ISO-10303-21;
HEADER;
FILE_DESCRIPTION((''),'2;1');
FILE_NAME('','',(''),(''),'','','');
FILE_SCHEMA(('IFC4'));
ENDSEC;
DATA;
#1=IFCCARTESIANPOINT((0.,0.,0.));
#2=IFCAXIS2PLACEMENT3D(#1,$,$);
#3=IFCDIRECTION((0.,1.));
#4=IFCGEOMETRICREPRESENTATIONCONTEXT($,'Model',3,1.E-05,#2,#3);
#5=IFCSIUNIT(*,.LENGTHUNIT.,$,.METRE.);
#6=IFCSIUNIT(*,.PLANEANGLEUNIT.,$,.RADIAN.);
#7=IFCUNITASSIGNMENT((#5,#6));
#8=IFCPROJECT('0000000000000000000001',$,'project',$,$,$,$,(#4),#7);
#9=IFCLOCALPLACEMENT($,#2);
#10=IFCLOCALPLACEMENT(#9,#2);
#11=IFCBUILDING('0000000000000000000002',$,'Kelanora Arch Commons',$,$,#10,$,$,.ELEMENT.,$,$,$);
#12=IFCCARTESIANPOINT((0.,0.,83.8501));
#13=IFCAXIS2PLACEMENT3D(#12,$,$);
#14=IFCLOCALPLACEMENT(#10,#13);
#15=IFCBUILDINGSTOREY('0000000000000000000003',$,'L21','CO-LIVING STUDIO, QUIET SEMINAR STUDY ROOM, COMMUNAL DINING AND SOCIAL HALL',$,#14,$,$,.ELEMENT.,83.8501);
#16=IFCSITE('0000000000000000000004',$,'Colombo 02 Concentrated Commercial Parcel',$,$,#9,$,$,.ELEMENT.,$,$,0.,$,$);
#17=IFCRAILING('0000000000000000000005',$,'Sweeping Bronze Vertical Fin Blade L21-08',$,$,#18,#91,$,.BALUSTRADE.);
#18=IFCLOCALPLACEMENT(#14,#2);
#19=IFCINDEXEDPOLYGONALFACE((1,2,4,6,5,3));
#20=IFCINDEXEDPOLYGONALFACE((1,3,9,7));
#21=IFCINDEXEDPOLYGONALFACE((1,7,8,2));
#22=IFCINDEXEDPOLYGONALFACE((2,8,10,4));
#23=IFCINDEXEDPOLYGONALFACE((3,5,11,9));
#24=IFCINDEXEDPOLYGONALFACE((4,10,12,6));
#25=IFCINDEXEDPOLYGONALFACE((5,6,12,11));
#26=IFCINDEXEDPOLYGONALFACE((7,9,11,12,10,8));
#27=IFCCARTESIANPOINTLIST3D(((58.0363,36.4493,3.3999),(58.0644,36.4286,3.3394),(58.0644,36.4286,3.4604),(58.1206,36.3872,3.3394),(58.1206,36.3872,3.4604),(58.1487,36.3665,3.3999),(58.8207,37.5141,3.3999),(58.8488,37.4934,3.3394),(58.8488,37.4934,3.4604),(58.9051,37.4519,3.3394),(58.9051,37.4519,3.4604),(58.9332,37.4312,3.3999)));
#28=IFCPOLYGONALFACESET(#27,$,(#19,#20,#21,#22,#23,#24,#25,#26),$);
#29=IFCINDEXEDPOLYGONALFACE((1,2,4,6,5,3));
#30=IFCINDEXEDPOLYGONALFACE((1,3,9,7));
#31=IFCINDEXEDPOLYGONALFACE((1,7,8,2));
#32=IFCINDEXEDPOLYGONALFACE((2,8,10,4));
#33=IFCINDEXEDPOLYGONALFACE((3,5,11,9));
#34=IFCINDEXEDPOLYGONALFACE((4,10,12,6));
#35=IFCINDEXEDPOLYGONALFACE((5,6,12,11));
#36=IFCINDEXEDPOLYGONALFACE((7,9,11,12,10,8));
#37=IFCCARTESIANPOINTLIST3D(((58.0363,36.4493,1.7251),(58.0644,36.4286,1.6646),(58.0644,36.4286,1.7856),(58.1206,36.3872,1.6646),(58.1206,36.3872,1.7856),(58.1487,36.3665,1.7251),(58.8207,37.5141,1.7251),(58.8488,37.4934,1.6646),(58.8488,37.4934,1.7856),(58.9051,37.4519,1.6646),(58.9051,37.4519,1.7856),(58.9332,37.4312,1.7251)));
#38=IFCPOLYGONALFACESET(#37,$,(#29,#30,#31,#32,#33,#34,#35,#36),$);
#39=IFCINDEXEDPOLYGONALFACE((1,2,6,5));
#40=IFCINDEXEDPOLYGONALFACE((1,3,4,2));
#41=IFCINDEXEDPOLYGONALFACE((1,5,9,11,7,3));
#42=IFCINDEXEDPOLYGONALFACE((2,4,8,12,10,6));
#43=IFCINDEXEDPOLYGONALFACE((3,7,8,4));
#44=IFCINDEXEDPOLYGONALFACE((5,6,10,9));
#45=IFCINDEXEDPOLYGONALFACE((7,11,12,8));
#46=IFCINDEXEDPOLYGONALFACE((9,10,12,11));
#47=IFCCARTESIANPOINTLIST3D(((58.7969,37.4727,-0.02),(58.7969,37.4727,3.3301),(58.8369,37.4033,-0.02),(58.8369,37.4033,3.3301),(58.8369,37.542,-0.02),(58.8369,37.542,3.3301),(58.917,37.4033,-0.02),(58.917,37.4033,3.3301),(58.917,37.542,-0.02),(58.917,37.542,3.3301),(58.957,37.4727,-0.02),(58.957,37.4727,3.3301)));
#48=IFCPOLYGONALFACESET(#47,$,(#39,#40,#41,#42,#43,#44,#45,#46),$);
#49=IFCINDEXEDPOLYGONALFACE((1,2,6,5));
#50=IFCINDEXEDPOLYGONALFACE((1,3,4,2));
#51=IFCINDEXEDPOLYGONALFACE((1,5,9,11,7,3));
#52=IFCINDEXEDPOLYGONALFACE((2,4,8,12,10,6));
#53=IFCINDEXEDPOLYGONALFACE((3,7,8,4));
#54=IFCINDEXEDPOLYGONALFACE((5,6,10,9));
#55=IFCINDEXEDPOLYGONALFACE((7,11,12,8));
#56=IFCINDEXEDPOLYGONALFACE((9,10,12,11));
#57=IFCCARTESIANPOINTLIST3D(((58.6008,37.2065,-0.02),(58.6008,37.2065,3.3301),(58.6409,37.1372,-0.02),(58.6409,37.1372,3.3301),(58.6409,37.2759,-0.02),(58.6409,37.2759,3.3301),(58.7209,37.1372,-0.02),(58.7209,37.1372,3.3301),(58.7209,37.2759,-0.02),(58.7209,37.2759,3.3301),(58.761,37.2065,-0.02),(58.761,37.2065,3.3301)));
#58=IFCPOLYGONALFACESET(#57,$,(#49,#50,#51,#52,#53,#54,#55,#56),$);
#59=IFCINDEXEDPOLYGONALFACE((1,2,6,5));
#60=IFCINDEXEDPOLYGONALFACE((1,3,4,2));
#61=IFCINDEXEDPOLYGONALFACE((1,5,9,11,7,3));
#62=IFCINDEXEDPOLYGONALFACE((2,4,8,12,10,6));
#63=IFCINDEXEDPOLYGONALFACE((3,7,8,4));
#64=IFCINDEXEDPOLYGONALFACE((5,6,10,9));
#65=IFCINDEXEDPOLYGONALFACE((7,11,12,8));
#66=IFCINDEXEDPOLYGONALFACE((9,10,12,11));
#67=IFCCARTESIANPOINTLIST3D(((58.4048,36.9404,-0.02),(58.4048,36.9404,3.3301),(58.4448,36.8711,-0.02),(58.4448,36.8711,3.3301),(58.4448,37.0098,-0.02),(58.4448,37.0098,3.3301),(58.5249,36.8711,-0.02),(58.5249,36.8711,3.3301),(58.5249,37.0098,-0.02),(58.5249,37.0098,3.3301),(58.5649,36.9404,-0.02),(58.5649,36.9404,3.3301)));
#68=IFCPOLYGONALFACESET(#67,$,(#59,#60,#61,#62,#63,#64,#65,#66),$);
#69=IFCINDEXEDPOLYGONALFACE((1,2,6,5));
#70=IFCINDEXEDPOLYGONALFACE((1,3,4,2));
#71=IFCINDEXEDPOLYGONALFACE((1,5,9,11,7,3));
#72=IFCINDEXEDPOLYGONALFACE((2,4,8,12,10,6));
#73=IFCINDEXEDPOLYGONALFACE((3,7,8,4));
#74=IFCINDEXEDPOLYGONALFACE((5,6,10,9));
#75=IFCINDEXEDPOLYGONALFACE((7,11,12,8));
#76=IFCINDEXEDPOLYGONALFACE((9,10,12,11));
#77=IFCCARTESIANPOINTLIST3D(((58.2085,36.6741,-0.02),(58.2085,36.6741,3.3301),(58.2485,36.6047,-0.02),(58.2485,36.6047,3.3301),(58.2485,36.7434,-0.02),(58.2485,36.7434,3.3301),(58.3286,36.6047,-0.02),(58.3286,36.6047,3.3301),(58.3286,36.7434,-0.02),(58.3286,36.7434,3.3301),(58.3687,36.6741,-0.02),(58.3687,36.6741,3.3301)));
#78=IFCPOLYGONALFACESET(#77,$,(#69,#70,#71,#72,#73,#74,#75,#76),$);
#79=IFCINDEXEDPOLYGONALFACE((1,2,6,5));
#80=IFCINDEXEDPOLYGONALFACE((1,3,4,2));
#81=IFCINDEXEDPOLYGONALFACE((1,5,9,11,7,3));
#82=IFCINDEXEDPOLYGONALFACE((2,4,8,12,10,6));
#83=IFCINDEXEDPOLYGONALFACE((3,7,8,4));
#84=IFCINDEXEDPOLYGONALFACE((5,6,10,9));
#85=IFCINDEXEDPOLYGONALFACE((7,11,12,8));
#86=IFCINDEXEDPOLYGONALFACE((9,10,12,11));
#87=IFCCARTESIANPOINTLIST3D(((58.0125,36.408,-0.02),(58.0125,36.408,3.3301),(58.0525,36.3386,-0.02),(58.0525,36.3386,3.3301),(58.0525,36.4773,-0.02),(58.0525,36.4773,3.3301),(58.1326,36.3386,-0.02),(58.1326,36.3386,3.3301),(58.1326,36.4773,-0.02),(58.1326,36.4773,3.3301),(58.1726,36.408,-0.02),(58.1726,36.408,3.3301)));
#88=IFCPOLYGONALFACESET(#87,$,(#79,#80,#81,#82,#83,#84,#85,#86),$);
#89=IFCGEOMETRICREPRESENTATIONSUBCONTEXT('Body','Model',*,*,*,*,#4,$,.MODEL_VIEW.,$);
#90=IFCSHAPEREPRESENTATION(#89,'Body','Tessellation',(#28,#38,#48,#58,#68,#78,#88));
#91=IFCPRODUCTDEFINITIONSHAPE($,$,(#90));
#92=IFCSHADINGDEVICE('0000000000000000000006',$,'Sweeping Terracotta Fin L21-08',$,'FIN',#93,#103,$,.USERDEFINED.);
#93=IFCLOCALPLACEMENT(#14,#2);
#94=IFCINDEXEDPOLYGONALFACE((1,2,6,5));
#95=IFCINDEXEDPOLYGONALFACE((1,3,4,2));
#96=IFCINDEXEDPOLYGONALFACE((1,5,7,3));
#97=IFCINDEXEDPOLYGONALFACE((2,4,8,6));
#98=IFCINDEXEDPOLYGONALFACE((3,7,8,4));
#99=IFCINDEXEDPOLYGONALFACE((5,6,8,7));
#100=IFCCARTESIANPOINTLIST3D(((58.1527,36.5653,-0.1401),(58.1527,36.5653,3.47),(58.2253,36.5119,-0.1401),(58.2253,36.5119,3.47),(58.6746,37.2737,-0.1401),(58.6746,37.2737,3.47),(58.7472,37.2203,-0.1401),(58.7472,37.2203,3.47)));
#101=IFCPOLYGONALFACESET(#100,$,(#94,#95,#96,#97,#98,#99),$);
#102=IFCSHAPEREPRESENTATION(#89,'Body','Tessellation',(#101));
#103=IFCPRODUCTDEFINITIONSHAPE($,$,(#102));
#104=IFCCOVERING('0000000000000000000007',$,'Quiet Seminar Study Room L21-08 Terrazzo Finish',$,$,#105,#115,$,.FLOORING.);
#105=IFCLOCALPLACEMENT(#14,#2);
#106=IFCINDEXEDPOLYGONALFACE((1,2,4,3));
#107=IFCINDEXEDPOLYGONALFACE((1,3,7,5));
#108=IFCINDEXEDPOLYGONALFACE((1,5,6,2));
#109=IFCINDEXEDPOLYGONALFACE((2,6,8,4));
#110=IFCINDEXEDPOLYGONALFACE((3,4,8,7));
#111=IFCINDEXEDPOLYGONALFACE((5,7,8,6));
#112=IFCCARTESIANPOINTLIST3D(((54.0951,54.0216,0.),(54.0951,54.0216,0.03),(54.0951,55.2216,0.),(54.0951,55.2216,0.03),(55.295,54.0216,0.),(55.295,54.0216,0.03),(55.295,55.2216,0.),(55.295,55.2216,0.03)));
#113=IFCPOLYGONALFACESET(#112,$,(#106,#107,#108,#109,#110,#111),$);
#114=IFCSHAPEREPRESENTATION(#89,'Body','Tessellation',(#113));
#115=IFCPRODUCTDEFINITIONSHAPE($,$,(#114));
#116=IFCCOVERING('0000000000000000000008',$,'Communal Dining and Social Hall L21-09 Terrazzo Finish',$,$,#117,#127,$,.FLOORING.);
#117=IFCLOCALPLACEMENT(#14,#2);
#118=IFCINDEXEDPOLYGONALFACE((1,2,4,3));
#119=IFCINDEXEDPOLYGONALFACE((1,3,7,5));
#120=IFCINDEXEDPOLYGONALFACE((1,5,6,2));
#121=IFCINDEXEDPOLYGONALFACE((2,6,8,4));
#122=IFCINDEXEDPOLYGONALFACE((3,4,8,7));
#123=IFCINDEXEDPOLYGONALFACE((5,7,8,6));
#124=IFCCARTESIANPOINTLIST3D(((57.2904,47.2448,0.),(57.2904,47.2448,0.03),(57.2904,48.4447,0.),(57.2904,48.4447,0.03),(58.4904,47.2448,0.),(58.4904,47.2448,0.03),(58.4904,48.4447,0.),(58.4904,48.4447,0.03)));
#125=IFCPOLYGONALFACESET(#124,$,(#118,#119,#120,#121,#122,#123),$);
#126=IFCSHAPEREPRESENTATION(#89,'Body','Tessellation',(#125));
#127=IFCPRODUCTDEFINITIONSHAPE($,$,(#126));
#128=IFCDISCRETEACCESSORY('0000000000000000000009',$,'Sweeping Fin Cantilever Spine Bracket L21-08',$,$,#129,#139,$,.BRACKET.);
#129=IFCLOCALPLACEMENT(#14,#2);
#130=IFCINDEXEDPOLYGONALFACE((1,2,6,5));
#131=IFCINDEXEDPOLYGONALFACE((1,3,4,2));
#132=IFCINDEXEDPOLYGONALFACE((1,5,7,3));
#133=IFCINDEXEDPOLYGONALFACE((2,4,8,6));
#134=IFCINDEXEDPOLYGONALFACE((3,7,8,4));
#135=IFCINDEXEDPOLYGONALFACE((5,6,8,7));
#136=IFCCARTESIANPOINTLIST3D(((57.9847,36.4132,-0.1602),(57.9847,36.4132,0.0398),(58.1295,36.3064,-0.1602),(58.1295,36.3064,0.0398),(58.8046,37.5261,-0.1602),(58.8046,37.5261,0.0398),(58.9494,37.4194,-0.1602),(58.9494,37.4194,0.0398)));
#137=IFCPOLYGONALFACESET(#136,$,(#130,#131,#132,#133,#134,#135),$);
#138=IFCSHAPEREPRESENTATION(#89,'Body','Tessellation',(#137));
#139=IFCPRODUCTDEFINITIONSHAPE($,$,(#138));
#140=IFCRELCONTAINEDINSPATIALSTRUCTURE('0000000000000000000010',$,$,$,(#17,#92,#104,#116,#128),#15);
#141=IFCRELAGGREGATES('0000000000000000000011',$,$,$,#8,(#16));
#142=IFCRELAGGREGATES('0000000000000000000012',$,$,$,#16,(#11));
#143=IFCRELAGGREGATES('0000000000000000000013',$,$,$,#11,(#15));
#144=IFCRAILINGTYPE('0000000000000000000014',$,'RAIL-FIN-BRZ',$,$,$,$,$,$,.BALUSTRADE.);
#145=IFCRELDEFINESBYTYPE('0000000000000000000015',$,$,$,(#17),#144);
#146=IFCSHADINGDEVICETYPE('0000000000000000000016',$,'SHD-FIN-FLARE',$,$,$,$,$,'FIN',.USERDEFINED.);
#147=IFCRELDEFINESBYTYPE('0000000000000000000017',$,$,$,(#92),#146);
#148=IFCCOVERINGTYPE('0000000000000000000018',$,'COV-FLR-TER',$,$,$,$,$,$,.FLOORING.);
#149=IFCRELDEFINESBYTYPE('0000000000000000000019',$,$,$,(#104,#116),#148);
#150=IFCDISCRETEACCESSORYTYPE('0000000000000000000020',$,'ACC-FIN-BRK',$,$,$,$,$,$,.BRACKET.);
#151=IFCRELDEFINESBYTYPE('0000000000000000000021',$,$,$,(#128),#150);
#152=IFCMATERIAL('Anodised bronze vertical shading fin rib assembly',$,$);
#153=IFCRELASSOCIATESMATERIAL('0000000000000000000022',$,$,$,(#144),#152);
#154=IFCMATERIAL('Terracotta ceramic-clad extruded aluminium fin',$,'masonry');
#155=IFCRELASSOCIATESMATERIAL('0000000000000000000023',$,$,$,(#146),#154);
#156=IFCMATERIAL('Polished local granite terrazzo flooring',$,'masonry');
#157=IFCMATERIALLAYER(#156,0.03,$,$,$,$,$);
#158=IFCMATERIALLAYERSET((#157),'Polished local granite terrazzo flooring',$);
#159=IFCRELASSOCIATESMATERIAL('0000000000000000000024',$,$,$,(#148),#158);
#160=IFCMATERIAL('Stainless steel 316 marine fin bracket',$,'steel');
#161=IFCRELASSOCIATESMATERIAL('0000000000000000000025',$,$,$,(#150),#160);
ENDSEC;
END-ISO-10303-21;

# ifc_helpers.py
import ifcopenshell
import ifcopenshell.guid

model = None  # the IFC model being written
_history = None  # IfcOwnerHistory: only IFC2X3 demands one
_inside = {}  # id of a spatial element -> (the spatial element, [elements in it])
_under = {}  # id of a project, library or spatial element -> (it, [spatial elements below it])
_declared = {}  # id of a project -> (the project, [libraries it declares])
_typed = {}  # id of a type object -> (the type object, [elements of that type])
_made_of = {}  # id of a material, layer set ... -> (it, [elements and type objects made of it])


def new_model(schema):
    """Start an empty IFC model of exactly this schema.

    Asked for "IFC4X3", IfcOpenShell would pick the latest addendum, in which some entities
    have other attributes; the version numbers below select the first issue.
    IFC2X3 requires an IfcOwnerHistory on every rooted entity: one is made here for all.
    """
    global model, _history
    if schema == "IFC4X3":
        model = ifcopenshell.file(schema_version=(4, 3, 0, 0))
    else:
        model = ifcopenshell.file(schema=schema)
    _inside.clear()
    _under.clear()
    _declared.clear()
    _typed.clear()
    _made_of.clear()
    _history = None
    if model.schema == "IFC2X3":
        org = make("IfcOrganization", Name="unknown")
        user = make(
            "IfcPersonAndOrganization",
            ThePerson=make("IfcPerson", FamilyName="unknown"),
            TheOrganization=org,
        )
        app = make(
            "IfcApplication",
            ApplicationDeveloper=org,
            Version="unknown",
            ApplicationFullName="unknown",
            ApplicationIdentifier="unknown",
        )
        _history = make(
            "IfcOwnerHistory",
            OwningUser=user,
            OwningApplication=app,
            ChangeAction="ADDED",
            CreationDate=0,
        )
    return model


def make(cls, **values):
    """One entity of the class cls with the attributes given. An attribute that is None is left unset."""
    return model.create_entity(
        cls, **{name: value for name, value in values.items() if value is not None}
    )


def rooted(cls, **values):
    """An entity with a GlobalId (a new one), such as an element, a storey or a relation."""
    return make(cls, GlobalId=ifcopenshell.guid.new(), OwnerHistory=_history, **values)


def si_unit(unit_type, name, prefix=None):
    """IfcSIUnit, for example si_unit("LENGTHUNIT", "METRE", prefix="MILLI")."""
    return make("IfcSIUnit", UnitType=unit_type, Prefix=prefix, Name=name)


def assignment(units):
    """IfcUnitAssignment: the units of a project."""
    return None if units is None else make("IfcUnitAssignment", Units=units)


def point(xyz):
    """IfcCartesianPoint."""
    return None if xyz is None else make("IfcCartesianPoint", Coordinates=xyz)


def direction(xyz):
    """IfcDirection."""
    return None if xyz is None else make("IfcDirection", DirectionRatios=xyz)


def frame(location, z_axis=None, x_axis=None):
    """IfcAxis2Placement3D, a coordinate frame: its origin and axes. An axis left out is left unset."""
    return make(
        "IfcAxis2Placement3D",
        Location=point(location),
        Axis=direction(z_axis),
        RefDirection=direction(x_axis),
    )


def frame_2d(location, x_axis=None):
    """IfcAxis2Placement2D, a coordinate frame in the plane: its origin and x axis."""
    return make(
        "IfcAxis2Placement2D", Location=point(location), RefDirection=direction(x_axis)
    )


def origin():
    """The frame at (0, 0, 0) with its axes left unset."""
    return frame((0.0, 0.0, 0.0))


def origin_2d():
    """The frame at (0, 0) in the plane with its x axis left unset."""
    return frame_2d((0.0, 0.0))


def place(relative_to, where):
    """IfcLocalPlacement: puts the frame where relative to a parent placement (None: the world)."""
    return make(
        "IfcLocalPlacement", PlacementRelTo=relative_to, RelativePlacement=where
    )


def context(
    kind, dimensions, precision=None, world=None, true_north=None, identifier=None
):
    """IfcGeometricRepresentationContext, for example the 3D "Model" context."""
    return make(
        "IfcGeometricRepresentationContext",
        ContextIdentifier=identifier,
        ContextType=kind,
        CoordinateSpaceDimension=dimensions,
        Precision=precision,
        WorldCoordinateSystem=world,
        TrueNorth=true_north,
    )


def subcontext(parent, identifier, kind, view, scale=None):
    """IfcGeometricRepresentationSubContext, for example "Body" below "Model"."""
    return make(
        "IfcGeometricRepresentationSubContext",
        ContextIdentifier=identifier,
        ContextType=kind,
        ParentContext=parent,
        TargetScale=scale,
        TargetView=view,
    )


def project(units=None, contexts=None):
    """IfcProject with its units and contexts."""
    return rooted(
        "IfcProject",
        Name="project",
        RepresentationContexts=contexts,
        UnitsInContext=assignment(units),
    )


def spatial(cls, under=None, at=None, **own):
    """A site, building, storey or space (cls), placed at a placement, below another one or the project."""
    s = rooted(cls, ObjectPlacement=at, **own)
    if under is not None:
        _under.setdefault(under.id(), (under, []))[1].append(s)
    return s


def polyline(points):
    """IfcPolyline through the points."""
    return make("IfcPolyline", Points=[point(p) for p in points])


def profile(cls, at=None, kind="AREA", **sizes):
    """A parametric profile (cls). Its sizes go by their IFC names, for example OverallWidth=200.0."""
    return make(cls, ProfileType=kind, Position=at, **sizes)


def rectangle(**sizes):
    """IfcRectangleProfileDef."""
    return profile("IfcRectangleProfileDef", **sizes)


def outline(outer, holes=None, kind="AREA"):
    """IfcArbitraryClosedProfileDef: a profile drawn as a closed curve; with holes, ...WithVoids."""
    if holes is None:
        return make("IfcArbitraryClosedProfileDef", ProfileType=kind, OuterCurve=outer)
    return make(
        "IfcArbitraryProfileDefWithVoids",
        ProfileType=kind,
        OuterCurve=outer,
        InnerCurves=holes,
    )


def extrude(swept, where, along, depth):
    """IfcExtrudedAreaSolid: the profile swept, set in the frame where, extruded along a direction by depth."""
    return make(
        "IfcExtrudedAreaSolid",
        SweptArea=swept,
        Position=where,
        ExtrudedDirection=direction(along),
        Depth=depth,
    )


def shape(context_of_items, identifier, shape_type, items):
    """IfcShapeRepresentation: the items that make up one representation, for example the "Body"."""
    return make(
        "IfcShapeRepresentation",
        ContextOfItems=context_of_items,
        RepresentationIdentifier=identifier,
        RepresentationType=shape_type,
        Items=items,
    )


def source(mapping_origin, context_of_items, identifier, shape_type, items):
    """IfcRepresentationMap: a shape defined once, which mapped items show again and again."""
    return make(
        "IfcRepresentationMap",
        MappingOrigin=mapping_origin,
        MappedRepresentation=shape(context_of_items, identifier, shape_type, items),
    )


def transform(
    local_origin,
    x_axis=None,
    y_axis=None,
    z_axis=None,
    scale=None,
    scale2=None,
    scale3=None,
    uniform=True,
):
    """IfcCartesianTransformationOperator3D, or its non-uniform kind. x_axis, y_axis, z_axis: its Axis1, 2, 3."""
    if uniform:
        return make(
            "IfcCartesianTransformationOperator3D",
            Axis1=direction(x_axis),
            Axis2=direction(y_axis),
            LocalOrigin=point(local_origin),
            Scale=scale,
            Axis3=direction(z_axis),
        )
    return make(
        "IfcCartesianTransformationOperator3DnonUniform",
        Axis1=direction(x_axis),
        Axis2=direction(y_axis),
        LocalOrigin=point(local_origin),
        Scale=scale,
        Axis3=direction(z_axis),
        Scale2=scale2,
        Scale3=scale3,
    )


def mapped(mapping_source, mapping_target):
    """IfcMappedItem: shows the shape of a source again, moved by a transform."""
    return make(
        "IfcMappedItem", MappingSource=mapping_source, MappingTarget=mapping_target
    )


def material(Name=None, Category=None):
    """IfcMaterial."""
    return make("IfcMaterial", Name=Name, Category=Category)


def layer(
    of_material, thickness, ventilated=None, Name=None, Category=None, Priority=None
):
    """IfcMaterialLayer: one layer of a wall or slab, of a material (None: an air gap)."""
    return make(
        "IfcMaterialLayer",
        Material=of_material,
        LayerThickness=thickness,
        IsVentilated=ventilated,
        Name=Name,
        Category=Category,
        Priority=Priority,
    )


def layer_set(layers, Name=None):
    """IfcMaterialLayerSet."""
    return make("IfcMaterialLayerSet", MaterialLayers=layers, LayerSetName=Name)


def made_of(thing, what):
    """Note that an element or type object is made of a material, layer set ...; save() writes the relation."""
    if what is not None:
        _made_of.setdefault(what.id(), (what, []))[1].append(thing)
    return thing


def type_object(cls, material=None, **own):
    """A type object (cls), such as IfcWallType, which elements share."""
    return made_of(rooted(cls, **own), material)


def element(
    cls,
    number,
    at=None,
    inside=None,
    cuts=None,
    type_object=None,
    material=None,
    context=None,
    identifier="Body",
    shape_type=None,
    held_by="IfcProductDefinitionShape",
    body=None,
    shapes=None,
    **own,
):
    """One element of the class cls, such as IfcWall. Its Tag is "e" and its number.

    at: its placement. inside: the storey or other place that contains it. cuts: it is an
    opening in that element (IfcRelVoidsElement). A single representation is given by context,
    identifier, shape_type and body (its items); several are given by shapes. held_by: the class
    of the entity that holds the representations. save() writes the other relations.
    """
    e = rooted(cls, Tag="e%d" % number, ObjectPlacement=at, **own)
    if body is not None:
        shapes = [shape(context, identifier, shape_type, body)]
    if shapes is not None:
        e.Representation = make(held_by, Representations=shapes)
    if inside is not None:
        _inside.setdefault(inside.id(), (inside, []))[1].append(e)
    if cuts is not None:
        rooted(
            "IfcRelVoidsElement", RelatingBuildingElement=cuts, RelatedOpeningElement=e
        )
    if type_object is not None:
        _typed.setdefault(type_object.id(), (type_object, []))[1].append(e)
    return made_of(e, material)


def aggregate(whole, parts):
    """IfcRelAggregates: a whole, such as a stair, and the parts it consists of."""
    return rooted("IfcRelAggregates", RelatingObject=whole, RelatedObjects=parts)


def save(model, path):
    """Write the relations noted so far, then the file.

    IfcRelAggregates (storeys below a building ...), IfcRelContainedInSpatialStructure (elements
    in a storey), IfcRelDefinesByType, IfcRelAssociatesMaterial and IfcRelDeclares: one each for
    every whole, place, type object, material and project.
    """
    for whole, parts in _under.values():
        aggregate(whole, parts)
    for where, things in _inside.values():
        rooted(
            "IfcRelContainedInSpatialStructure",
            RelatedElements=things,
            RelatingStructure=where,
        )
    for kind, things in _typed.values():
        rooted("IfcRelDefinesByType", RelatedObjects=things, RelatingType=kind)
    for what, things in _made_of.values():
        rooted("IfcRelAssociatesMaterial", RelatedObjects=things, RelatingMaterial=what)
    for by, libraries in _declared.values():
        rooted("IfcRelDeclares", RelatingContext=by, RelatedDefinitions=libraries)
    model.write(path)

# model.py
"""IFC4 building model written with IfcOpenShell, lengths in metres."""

from ifc_helpers import new_model, si_unit, direction, frame, origin, origin_2d, place, context, subcontext, project, spatial, polyline, rectangle, outline, extrude, source, transform, mapped, material, layer, layer_set, type_object, element, save


model = new_model("IFC4")

# Units and contexts
model_context = context("Model", 3, precision=1e-05, world=origin(), true_north=direction((0.0, 1.0)))
body_context = subcontext(model_context, "Body", "Model", "MODEL_VIEW")
ifc_project = project(units=[si_unit("LENGTHUNIT", "METRE"), si_unit("PLANEANGLEUNIT", "RADIAN")], contexts=[model_context])

# Site, building, storey
site_placement = place(None, origin())
site = spatial("IfcSite", under=ifc_project, at=site_placement, Name="Colombo 02 Concentrated Commercial Parcel", CompositionType="ELEMENT", RefElevation=0.0)
building_placement = place(site_placement, origin())
building = spatial("IfcBuilding", under=site, at=building_placement, Name="Kelanora Arch Commons", CompositionType="ELEMENT")
storey_placement = place(building_placement, frame((0.0, 0.0, 83.8501)))
storey = spatial("IfcBuildingStorey", under=building, at=storey_placement, Name="L21", Description="CO-LIVING STUDIO, QUIET SEMINAR STUDY ROOM, COMMUNAL DINING AND SOCIAL HALL", CompositionType="ELEMENT", Elevation=83.8501)

# Railing
ifc_material_1 = material(Name="Anodised bronze vertical shading fin rib assembly")
railing_type = type_object("IfcRailingType", Name="RAIL-FIN-BRZ", PredefinedType="BALUSTRADE", material=ifc_material_1)
railing_placement = place(storey_placement, frame((58.877, 37.4727, -0.02)))
element("IfcRailing", 1, at=railing_placement, inside=storey, type_object=railing_type, Name="Sweeping Bronze Vertical Fin Blade L21-08", PredefinedType="BALUSTRADE", context=body_context, shape_type="SweptSolid", body=[
    extrude(outline(polyline([(0.0698, 0.0), (0.0349, 0.0605), (-0.0349, 0.0605), (-0.0698, 0.0), (-0.0349, -0.0605), (0.0349, -0.0605), (0.0698, 0.0)])), frame((0.0, 0.0, 3.4199), z_axis=(-0.593155, -0.805088, 0.0), x_axis=(0.805088, -0.593155, 0.0)), (0.0, 0.0, 1.0), 1.3225),
    extrude(outline(polyline([(0.0698, 0.0), (0.0349, 0.0605), (-0.0349, 0.0605), (-0.0698, 0.0), (-0.0349, -0.0605), (0.0349, -0.0605), (0.0698, 0.0)])), frame((0.0, 0.0, 1.7451), z_axis=(-0.593155, -0.805088, 0.0), x_axis=(0.805088, -0.593155, 0.0)), (0.0, 0.0, 1.0), 1.3225),
    extrude(outline(polyline([(0.0801, 0.0), (0.04, 0.0693), (-0.04, 0.0693), (-0.0801, 0.0), (-0.04, -0.0693), (0.04, -0.0693), (0.0801, 0.0)])), origin(), (0.0, 0.0, 1.0), 3.3501),
    extrude(outline(polyline([(0.0801, 0.0), (0.04, 0.0693), (-0.04, 0.0693), (-0.0801, 0.0), (-0.04, -0.0693), (0.04, -0.0693), (0.0801, 0.0)])), frame((-0.196, -0.2661, 0.0)), (0.0, 0.0, 1.0), 3.3501),
    extrude(outline(polyline([(0.0801, 0.0), (0.04, 0.0693), (-0.04, 0.0693), (-0.0801, 0.0), (-0.04, -0.0693), (0.04, -0.0693), (0.0801, 0.0)])), frame((-0.3921, -0.5322, 0.0)), (0.0, 0.0, 1.0), 3.3501),
    extrude(outline(polyline([(0.0801, 0.0), (0.04, 0.0693), (-0.04, 0.0693), (-0.0801, 0.0), (-0.04, -0.0693), (0.04, -0.0693), (0.0801, 0.0)])), frame((-0.5884, -0.7986, 0.0)), (0.0, 0.0, 1.0), 3.3501),
    extrude(outline(polyline([(0.0801, 0.0), (0.04, 0.0693), (-0.04, 0.0693), (-0.0801, 0.0), (-0.04, -0.0693), (0.04, -0.0693), (0.0801, 0.0)])), frame((-0.7844, -1.0647, 0.0)), (0.0, 0.0, 1.0), 3.3501),
])

# Shading device
ifc_material_2 = material(Name="Terracotta ceramic-clad extruded aluminium fin", Category="masonry")
shading_device_type = type_object("IfcShadingDeviceType", Name="SHD-FIN-FLARE", ElementType="FIN", PredefinedType="USERDEFINED", material=ifc_material_2)
shared_shape_1 = source(origin(), body_context, "Body", "SweptSolid", [
    extrude(rectangle(XDim=0.8799, YDim=0.0901, at=origin_2d()), origin(), (0.0, 0.0, 1.0), 3.6101),
])
shading_device_placement = place(storey_placement, frame((58.45, 36.8928, -0.1401), z_axis=(0.0, 0.0, 1.0), x_axis=(-0.593138, -0.805101, 0.0)))
element("IfcShadingDevice", 2, at=shading_device_placement, inside=storey, type_object=shading_device_type, Name="Sweeping Terracotta Fin L21-08", ObjectType="FIN", PredefinedType="USERDEFINED", context=body_context, shape_type="MappedRepresentation", body=[
    mapped(shared_shape_1, transform((0.0, 0.0, 0.0), scale=1.0)),
])

# Coverings
ifc_material_3 = material(Name="Polished local granite terrazzo flooring", Category="masonry")
ifc_layer_1 = layer(ifc_material_3, 0.03)
ifc_layer_set_1 = layer_set([ifc_layer_1], Name="Polished local granite terrazzo flooring")
covering_type = type_object("IfcCoveringType", Name="COV-FLR-TER", PredefinedType="FLOORING", material=ifc_layer_set_1)
shared_shape_2 = source(origin(), body_context, "Body", "SweptSolid", [
    extrude(rectangle(XDim=1.2, YDim=1.2, at=origin_2d()), origin(), (0.0, 0.0, 1.0), 0.03),
])
for number, where, z_axis, x_axis, name in (
    (3, (54.6951, 54.6216, 0.0), (0.0, 0.0, 1.0), (1.0, 0.0, 0.0), "Quiet Seminar Study Room L21-08 Terrazzo Finish"),
    (4, (57.8904, 47.8447, 0.0), (0.0, 0.0, 1.0), (1.0, 0.0, 0.0), "Communal Dining and Social Hall L21-09 Terrazzo Finish"),
):
    element("IfcCovering", number, at=place(storey_placement, frame(where, z_axis=z_axis, x_axis=x_axis)), inside=storey, type_object=covering_type, Name=name, PredefinedType="FLOORING", context=body_context, shape_type="MappedRepresentation", body=[
        mapped(shared_shape_2, transform((0.0, 0.0, 0.0), scale=1.0)),
    ])

# Discrete accessory
ifc_material_4 = material(Name="Stainless steel 316 marine fin bracket", Category="steel")
discrete_accessory_type = type_object("IfcDiscreteAccessoryType", Name="ACC-FIN-BRK", PredefinedType="BRACKET", material=ifc_material_4)
shared_shape_3 = source(origin(), body_context, "Body", "SweptSolid", [
    extrude(rectangle(XDim=1.3823, YDim=0.1799, at=origin_2d()), origin(), (0.0, 0.0, 1.0), 0.2),
])
discrete_accessory_placement = place(storey_placement, frame((58.467, 36.9163, -0.1602), z_axis=(0.0, 0.0, 1.0), x_axis=(-0.593138, -0.805101, 0.0)))
element("IfcDiscreteAccessory", 5, at=discrete_accessory_placement, inside=storey, type_object=discrete_accessory_type, Name="Sweeping Fin Cantilever Spine Bracket L21-08", PredefinedType="BRACKET", context=body_context, shape_type="MappedRepresentation", body=[
    mapped(shared_shape_3, transform((0.0, 0.0, 0.0), scale=1.0)),
])

save(model, "model.ifc")
